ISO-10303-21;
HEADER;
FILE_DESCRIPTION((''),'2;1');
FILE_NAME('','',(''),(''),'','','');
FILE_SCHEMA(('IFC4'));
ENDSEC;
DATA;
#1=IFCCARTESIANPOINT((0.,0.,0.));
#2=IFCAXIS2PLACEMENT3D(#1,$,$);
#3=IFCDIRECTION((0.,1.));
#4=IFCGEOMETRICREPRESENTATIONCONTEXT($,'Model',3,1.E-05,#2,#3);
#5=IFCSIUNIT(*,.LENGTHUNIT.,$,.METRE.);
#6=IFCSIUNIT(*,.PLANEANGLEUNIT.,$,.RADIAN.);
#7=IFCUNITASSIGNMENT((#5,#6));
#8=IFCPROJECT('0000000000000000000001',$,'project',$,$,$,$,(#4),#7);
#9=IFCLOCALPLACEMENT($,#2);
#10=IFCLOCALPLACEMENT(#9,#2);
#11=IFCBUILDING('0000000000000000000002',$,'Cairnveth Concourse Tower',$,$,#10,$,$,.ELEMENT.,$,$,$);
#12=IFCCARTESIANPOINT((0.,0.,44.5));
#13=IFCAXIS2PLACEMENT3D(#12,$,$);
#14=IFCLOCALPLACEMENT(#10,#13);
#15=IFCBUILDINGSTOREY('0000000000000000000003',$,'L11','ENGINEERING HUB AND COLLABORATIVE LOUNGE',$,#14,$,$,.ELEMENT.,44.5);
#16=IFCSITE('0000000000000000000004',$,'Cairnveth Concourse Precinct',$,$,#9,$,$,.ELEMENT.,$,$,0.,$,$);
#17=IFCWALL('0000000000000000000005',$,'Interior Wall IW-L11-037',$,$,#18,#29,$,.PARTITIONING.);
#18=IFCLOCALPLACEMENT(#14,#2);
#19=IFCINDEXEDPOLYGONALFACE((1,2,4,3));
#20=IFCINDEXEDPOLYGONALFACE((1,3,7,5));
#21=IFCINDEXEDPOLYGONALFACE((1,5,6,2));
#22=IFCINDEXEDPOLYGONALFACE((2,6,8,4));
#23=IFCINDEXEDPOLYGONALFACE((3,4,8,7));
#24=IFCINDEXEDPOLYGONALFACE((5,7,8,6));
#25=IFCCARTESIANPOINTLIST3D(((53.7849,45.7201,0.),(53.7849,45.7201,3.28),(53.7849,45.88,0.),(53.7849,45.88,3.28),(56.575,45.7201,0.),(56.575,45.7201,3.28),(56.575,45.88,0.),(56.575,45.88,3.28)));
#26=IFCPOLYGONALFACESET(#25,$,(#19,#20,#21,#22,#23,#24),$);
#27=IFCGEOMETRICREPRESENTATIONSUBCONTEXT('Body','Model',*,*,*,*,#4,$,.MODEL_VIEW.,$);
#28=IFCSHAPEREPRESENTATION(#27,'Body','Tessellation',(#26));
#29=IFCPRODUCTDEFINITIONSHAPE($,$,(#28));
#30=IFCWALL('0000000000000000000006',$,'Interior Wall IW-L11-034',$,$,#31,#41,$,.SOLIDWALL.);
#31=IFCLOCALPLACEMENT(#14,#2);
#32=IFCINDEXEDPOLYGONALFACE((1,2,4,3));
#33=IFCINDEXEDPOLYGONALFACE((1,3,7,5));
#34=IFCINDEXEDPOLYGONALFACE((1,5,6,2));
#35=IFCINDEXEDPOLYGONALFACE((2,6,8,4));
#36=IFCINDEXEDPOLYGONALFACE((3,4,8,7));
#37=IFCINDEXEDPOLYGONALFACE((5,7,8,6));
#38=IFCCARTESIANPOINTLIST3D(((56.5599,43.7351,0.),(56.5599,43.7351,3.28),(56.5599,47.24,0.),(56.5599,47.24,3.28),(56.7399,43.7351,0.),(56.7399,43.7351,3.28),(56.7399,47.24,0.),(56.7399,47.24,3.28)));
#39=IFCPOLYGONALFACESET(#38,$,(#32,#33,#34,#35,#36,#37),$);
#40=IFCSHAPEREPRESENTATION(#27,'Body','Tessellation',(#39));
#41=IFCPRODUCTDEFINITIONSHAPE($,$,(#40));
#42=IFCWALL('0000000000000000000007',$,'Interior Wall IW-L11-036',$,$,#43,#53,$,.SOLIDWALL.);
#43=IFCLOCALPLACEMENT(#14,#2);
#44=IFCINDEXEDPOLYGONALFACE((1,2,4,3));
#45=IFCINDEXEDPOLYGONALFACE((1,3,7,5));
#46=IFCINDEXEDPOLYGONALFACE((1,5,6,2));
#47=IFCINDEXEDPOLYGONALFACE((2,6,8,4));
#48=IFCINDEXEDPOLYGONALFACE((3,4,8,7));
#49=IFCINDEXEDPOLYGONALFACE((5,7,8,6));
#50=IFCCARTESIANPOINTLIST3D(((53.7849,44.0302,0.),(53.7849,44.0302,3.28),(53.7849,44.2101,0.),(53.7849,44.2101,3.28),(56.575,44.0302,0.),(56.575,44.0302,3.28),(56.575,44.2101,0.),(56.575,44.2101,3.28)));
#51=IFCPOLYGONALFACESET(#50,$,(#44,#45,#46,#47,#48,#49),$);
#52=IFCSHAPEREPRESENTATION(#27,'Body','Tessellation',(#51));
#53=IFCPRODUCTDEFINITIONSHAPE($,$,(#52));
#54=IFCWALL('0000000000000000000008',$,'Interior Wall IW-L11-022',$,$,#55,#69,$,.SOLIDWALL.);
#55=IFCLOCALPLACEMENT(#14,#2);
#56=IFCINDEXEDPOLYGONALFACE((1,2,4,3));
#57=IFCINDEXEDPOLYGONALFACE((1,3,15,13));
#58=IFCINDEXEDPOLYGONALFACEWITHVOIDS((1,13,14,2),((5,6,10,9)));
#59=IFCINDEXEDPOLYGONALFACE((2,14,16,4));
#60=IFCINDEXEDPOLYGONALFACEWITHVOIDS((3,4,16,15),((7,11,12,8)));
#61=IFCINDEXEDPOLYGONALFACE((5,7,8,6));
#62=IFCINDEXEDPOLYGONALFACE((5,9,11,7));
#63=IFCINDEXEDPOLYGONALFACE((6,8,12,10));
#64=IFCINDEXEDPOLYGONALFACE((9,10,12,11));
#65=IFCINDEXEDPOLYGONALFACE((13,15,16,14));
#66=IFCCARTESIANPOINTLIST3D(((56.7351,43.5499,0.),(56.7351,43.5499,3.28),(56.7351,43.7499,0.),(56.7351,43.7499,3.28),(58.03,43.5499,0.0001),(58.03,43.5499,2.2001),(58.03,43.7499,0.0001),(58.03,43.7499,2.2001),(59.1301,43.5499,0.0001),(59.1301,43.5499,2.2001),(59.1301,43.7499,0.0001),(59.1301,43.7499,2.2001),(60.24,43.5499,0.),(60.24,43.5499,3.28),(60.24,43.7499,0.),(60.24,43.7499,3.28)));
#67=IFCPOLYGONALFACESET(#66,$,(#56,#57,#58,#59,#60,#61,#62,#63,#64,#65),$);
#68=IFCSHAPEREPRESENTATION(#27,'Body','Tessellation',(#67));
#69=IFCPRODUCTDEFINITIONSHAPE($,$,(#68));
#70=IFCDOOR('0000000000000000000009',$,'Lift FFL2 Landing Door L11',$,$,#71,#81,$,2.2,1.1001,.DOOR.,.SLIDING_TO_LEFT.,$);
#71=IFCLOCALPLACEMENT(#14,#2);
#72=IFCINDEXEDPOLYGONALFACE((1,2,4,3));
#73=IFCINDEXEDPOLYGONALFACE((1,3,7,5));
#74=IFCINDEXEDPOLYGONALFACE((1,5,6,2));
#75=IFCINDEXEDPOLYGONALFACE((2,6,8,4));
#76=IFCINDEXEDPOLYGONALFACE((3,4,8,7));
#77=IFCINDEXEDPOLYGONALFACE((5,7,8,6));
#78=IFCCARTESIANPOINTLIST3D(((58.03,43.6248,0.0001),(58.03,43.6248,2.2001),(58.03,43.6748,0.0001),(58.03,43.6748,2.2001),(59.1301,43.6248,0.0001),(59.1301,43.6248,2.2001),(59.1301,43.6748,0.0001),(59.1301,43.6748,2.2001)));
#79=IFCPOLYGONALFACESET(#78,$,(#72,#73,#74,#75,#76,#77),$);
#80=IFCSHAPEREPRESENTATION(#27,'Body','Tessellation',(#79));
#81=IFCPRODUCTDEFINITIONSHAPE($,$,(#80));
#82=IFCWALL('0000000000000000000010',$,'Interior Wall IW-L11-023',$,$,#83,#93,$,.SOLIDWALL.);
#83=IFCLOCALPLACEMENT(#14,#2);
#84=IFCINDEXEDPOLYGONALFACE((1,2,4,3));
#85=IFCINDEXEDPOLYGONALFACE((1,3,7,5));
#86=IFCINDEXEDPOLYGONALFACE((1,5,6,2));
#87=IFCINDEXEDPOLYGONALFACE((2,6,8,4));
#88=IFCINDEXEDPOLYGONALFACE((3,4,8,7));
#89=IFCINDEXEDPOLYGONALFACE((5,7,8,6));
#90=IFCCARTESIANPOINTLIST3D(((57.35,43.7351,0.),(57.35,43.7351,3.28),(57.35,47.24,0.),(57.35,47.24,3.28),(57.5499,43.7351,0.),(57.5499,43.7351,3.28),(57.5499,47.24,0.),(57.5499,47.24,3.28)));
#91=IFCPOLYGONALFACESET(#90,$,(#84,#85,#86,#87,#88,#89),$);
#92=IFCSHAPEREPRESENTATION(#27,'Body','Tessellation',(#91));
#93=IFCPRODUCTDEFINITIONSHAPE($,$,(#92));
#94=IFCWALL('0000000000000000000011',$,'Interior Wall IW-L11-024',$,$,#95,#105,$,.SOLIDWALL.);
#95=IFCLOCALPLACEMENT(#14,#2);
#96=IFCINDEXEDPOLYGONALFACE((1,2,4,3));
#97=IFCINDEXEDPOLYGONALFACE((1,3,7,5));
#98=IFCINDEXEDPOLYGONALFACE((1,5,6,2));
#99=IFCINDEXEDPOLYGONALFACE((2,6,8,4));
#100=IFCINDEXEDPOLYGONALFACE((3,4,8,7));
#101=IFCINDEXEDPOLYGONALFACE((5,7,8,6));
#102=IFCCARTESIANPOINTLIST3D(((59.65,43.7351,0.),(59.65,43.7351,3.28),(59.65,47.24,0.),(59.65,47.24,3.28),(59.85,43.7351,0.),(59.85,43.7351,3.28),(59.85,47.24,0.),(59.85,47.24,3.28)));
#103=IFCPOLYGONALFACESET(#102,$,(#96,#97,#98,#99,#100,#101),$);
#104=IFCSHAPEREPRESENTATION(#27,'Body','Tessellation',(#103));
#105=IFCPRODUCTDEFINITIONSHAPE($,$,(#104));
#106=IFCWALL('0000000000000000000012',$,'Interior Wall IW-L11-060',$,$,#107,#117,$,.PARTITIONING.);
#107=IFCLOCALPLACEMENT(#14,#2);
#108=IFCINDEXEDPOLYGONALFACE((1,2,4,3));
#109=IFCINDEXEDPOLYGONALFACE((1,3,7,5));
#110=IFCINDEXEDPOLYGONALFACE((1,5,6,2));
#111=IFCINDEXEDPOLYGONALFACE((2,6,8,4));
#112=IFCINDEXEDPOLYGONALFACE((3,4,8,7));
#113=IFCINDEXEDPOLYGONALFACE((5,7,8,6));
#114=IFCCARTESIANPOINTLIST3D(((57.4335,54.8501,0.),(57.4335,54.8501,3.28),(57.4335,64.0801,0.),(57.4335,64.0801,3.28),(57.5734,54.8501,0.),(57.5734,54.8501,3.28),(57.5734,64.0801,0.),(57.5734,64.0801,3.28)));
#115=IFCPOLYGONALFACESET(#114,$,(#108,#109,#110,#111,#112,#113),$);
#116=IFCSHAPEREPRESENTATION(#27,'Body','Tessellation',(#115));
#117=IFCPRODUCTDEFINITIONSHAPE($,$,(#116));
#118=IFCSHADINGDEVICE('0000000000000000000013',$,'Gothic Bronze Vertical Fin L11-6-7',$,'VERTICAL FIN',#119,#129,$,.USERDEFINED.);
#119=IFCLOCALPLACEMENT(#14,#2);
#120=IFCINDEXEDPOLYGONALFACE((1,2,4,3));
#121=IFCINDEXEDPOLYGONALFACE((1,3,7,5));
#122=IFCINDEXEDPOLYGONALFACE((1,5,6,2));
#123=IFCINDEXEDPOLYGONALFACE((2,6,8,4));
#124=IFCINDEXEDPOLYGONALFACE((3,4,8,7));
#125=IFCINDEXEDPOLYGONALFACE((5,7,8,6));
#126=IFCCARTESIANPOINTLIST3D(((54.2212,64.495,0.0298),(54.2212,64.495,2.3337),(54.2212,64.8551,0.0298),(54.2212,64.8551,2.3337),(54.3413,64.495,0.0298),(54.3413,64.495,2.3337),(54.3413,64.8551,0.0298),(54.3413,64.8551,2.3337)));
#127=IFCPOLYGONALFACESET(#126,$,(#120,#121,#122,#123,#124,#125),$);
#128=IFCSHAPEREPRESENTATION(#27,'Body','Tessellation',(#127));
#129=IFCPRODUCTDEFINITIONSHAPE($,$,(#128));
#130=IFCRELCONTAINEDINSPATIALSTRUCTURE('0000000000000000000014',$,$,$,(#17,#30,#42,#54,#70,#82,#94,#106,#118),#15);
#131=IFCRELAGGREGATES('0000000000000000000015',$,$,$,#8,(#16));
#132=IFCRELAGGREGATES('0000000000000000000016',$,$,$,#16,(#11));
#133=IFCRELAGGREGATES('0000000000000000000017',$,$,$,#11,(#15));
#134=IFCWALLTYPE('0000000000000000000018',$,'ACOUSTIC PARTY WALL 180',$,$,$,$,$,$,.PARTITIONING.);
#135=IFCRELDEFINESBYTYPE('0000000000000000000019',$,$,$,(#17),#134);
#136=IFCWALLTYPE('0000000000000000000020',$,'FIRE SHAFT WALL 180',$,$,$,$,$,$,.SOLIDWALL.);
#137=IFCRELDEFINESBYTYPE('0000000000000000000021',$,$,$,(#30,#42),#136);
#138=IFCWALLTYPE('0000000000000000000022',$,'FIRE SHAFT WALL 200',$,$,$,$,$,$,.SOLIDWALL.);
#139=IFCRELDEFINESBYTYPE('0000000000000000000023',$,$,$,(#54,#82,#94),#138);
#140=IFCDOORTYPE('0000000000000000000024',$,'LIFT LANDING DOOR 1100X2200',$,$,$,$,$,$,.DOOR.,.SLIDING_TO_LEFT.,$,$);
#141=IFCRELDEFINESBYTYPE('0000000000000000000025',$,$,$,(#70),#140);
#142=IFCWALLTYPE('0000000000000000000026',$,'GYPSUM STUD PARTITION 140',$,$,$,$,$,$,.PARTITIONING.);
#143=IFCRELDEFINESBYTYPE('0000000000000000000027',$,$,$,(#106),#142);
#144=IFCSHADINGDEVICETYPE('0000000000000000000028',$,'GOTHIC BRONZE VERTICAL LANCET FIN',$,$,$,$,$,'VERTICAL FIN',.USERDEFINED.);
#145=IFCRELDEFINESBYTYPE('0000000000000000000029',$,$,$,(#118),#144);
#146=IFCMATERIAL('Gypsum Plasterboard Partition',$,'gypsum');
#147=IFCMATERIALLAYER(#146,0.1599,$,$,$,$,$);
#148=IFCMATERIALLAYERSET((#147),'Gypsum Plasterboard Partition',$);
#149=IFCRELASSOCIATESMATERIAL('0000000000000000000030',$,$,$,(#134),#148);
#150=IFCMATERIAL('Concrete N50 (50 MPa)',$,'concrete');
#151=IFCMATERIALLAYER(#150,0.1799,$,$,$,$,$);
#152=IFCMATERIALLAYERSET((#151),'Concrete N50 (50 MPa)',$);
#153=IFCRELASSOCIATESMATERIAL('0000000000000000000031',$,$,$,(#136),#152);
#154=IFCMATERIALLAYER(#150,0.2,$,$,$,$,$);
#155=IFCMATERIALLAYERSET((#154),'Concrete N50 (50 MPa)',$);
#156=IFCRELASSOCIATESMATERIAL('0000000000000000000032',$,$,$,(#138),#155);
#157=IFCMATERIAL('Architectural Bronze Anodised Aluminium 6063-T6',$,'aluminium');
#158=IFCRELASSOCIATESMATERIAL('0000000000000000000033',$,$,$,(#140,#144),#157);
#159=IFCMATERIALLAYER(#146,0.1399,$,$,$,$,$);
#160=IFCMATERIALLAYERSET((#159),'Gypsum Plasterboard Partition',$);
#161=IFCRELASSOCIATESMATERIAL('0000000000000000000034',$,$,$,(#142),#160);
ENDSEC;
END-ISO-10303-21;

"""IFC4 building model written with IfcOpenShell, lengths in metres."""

from ifc_helpers import new_model, si_unit, direction, frame, frame_2d, origin, origin_2d, place, context, subcontext, project, spatial, rectangle, extrude, material, layer, layer_set, type_object, element, fill, save


model = new_model("IFC4")

# Units and contexts
model_context = context("Model", 3, precision=1e-05, world=origin(), true_north=direction((0.0, 1.0)))
body_context = subcontext(model_context, "Body", "Model", "MODEL_VIEW")
ifc_project = project(units=[si_unit("LENGTHUNIT", "METRE"), si_unit("PLANEANGLEUNIT", "RADIAN")], contexts=[model_context])

# Site, building, storey
site_placement = place(None, origin())
site = spatial("IfcSite", under=ifc_project, at=site_placement, Name="Cairnveth Concourse Precinct", CompositionType="ELEMENT", RefElevation=0.0)
building_placement = place(site_placement, origin())
building = spatial("IfcBuilding", under=site, at=building_placement, Name="Cairnveth Concourse Tower", CompositionType="ELEMENT")
storey_placement = place(building_placement, frame((0.0, 0.0, 44.5)))
storey = spatial("IfcBuildingStorey", under=building, at=storey_placement, Name="L11", Description="ENGINEERING HUB AND COLLABORATIVE LOUNGE", CompositionType="ELEMENT", Elevation=44.5)

# Walls
ifc_material_1 = material(Name="Gypsum Plasterboard Partition", Category="gypsum")
ifc_layer_1 = layer(ifc_material_1, 0.1599)
ifc_layer_set_1 = layer_set([ifc_layer_1], Name="Gypsum Plasterboard Partition")
wall_type_1 = type_object("IfcWallType", Name="ACOUSTIC PARTY WALL 180", PredefinedType="PARTITIONING", material=ifc_layer_set_1)
wall_1_placement = place(storey_placement, frame((53.7849, 45.8, 0.0), z_axis=(0.0, 0.0, 1.0), x_axis=(1.0, 0.0, 0.0)))
element("IfcWall", 1, at=wall_1_placement, inside=storey, type_object=wall_type_1, Name="Interior Wall IW-L11-037", PredefinedType="PARTITIONING", context=body_context, shape_type="SweptSolid", body=[
    extrude(rectangle(XDim=2.79, YDim=0.1599, at=frame_2d((1.395, 0.0))), origin(), (0.0, 0.0, 1.0), 3.28),
])
ifc_material_2 = material(Name="Concrete N50 (50 MPa)", Category="concrete")
ifc_layer_2 = layer(ifc_material_2, 0.1799)
ifc_layer_set_2 = layer_set([ifc_layer_2], Name="Concrete N50 (50 MPa)")
wall_type_2 = type_object("IfcWallType", Name="FIRE SHAFT WALL 180", PredefinedType="SOLIDWALL", material=ifc_layer_set_2)
wall_2_placement = place(storey_placement, frame((56.6499, 43.7351, 0.0), z_axis=(0.0, 0.0, 1.0), x_axis=(0.0, 1.0, 0.0)))
element("IfcWall", 2, at=wall_2_placement, inside=storey, type_object=wall_type_2, Name="Interior Wall IW-L11-034", PredefinedType="SOLIDWALL", context=body_context, shape_type="SweptSolid", body=[
    extrude(rectangle(XDim=3.5049, YDim=0.1799, at=frame_2d((1.7524, 0.0))), origin(), (0.0, 0.0, 1.0), 3.28),
])
wall_3_placement = place(storey_placement, frame((53.7849, 44.1201, 0.0), z_axis=(0.0, 0.0, 1.0), x_axis=(1.0, 0.0, 0.0)))
element("IfcWall", 3, at=wall_3_placement, inside=storey, type_object=wall_type_2, Name="Interior Wall IW-L11-036", PredefinedType="SOLIDWALL", context=body_context, shape_type="SweptSolid", body=[
    extrude(rectangle(XDim=2.79, YDim=0.1799, at=frame_2d((1.395, 0.0))), origin(), (0.0, 0.0, 1.0), 3.28),
])

# Wall, opening, door
ifc_layer_3 = layer(ifc_material_2, 0.2)
ifc_layer_set_3 = layer_set([ifc_layer_3], Name="Concrete N50 (50 MPa)")
wall_type_3 = type_object("IfcWallType", Name="FIRE SHAFT WALL 200", PredefinedType="SOLIDWALL", material=ifc_layer_set_3)
wall_4_placement = place(storey_placement, frame((56.7351, 43.6499, 0.0), z_axis=(0.0, 0.0, 1.0), x_axis=(1.0, 0.0, 0.0)))
wall_4 = element("IfcWall", 4, at=wall_4_placement, inside=storey, type_object=wall_type_3, Name="Interior Wall IW-L11-022", PredefinedType="SOLIDWALL", context=body_context, shape_type="SweptSolid", body=[
    extrude(rectangle(XDim=3.5049, YDim=0.2, at=frame_2d((1.7524, 0.0))), origin(), (0.0, 0.0, 1.0), 3.28),
])
opening_placement = place(wall_4_placement, frame((1.2949, 0.0, 0.0)))
opening = element("IfcOpeningElement", 5, at=opening_placement, cuts=wall_4, PredefinedType="OPENING", context=body_context, shape_type="SweptSolid", body=[
    extrude(rectangle(XDim=1.1001, YDim=2.2, at=frame_2d((0.55, 1.1001))), frame((0.0, 0.1099, 0.0), z_axis=(0.0, -1.0, 0.0), x_axis=(1.0, 0.0, 0.0)), (0.0, 0.0, 1.0), 0.22),
])
ifc_material_3 = material(Name="Architectural Bronze Anodised Aluminium 6063-T6", Category="aluminium")
door_type = type_object("IfcDoorType", Name="LIFT LANDING DOOR 1100X2200", OperationType="SLIDING_TO_LEFT", PredefinedType="DOOR", material=ifc_material_3)
door_placement = place(opening_placement, origin())
door = element("IfcDoor", 6, at=door_placement, inside=storey, type_object=door_type, Name="Lift FFL2 Landing Door L11", OperationType="SLIDING_TO_LEFT", OverallHeight=2.2, OverallWidth=1.1001, PredefinedType="DOOR", context=body_context, shape_type="SweptSolid", body=[
    extrude(rectangle(XDim=1.1001, YDim=2.2, at=frame_2d((0.55, 1.1001))), frame((0.0, 0.0249, 0.0), z_axis=(0.0, -1.0, 0.0), x_axis=(1.0, 0.0, 0.0)), (0.0, 0.0, 1.0), 0.05),
])
fill(opening, door)

# Walls
for number, where, z_axis, x_axis, name in (
    (7, (57.45, 43.7351, 0.0), (0.0, 0.0, 1.0), (0.0, 1.0, 0.0), "Interior Wall IW-L11-023"),
    (8, (59.75, 43.7351, 0.0), (0.0, 0.0, 1.0), (0.0, 1.0, 0.0), "Interior Wall IW-L11-024"),
):
    element("IfcWall", number, at=place(storey_placement, frame(where, z_axis=z_axis, x_axis=x_axis)), inside=storey, type_object=wall_type_3, Name=name, PredefinedType="SOLIDWALL", context=body_context, shape_type="SweptSolid", body=[
        extrude(rectangle(XDim=3.5049, YDim=0.2, at=frame_2d((1.7524, 0.0))), origin(), (0.0, 0.0, 1.0), 3.28),
    ])
ifc_layer_4 = layer(ifc_material_1, 0.1399)
ifc_layer_set_4 = layer_set([ifc_layer_4], Name="Gypsum Plasterboard Partition")
wall_type_4 = type_object("IfcWallType", Name="GYPSUM STUD PARTITION 140", PredefinedType="PARTITIONING", material=ifc_layer_set_4)
wall_5_placement = place(storey_placement, frame((57.5034, 54.8501, 0.0), z_axis=(0.0, 0.0, 1.0), x_axis=(0.0, 1.0, 0.0)))
element("IfcWall", 9, at=wall_5_placement, inside=storey, type_object=wall_type_4, Name="Interior Wall IW-L11-060", PredefinedType="PARTITIONING", context=body_context, shape_type="SweptSolid", body=[
    extrude(rectangle(XDim=9.23, YDim=0.1399, at=frame_2d((4.615, 0.0))), origin(), (0.0, 0.0, 1.0), 3.28),
])

# Shading device
shading_device_type = type_object("IfcShadingDeviceType", Name="GOTHIC BRONZE VERTICAL LANCET FIN", ElementType="VERTICAL FIN", PredefinedType="USERDEFINED", material=ifc_material_3)
shading_device_placement = place(storey_placement, frame((54.2812, 64.675, 0.0298), z_axis=(0.0, 0.0, 1.0), x_axis=(1.0, 0.0, 0.0)))
element("IfcShadingDevice", 10, at=shading_device_placement, inside=storey, type_object=shading_device_type, Name="Gothic Bronze Vertical Fin L11-6-7", ObjectType="VERTICAL FIN", PredefinedType="USERDEFINED", context=body_context, shape_type="SweptSolid", body=[
    extrude(rectangle(XDim=0.1201, YDim=0.3601, at=origin_2d()), origin(), (0.0, 0.0, 1.0), 2.304),
])

save(model, "model.ifc")
